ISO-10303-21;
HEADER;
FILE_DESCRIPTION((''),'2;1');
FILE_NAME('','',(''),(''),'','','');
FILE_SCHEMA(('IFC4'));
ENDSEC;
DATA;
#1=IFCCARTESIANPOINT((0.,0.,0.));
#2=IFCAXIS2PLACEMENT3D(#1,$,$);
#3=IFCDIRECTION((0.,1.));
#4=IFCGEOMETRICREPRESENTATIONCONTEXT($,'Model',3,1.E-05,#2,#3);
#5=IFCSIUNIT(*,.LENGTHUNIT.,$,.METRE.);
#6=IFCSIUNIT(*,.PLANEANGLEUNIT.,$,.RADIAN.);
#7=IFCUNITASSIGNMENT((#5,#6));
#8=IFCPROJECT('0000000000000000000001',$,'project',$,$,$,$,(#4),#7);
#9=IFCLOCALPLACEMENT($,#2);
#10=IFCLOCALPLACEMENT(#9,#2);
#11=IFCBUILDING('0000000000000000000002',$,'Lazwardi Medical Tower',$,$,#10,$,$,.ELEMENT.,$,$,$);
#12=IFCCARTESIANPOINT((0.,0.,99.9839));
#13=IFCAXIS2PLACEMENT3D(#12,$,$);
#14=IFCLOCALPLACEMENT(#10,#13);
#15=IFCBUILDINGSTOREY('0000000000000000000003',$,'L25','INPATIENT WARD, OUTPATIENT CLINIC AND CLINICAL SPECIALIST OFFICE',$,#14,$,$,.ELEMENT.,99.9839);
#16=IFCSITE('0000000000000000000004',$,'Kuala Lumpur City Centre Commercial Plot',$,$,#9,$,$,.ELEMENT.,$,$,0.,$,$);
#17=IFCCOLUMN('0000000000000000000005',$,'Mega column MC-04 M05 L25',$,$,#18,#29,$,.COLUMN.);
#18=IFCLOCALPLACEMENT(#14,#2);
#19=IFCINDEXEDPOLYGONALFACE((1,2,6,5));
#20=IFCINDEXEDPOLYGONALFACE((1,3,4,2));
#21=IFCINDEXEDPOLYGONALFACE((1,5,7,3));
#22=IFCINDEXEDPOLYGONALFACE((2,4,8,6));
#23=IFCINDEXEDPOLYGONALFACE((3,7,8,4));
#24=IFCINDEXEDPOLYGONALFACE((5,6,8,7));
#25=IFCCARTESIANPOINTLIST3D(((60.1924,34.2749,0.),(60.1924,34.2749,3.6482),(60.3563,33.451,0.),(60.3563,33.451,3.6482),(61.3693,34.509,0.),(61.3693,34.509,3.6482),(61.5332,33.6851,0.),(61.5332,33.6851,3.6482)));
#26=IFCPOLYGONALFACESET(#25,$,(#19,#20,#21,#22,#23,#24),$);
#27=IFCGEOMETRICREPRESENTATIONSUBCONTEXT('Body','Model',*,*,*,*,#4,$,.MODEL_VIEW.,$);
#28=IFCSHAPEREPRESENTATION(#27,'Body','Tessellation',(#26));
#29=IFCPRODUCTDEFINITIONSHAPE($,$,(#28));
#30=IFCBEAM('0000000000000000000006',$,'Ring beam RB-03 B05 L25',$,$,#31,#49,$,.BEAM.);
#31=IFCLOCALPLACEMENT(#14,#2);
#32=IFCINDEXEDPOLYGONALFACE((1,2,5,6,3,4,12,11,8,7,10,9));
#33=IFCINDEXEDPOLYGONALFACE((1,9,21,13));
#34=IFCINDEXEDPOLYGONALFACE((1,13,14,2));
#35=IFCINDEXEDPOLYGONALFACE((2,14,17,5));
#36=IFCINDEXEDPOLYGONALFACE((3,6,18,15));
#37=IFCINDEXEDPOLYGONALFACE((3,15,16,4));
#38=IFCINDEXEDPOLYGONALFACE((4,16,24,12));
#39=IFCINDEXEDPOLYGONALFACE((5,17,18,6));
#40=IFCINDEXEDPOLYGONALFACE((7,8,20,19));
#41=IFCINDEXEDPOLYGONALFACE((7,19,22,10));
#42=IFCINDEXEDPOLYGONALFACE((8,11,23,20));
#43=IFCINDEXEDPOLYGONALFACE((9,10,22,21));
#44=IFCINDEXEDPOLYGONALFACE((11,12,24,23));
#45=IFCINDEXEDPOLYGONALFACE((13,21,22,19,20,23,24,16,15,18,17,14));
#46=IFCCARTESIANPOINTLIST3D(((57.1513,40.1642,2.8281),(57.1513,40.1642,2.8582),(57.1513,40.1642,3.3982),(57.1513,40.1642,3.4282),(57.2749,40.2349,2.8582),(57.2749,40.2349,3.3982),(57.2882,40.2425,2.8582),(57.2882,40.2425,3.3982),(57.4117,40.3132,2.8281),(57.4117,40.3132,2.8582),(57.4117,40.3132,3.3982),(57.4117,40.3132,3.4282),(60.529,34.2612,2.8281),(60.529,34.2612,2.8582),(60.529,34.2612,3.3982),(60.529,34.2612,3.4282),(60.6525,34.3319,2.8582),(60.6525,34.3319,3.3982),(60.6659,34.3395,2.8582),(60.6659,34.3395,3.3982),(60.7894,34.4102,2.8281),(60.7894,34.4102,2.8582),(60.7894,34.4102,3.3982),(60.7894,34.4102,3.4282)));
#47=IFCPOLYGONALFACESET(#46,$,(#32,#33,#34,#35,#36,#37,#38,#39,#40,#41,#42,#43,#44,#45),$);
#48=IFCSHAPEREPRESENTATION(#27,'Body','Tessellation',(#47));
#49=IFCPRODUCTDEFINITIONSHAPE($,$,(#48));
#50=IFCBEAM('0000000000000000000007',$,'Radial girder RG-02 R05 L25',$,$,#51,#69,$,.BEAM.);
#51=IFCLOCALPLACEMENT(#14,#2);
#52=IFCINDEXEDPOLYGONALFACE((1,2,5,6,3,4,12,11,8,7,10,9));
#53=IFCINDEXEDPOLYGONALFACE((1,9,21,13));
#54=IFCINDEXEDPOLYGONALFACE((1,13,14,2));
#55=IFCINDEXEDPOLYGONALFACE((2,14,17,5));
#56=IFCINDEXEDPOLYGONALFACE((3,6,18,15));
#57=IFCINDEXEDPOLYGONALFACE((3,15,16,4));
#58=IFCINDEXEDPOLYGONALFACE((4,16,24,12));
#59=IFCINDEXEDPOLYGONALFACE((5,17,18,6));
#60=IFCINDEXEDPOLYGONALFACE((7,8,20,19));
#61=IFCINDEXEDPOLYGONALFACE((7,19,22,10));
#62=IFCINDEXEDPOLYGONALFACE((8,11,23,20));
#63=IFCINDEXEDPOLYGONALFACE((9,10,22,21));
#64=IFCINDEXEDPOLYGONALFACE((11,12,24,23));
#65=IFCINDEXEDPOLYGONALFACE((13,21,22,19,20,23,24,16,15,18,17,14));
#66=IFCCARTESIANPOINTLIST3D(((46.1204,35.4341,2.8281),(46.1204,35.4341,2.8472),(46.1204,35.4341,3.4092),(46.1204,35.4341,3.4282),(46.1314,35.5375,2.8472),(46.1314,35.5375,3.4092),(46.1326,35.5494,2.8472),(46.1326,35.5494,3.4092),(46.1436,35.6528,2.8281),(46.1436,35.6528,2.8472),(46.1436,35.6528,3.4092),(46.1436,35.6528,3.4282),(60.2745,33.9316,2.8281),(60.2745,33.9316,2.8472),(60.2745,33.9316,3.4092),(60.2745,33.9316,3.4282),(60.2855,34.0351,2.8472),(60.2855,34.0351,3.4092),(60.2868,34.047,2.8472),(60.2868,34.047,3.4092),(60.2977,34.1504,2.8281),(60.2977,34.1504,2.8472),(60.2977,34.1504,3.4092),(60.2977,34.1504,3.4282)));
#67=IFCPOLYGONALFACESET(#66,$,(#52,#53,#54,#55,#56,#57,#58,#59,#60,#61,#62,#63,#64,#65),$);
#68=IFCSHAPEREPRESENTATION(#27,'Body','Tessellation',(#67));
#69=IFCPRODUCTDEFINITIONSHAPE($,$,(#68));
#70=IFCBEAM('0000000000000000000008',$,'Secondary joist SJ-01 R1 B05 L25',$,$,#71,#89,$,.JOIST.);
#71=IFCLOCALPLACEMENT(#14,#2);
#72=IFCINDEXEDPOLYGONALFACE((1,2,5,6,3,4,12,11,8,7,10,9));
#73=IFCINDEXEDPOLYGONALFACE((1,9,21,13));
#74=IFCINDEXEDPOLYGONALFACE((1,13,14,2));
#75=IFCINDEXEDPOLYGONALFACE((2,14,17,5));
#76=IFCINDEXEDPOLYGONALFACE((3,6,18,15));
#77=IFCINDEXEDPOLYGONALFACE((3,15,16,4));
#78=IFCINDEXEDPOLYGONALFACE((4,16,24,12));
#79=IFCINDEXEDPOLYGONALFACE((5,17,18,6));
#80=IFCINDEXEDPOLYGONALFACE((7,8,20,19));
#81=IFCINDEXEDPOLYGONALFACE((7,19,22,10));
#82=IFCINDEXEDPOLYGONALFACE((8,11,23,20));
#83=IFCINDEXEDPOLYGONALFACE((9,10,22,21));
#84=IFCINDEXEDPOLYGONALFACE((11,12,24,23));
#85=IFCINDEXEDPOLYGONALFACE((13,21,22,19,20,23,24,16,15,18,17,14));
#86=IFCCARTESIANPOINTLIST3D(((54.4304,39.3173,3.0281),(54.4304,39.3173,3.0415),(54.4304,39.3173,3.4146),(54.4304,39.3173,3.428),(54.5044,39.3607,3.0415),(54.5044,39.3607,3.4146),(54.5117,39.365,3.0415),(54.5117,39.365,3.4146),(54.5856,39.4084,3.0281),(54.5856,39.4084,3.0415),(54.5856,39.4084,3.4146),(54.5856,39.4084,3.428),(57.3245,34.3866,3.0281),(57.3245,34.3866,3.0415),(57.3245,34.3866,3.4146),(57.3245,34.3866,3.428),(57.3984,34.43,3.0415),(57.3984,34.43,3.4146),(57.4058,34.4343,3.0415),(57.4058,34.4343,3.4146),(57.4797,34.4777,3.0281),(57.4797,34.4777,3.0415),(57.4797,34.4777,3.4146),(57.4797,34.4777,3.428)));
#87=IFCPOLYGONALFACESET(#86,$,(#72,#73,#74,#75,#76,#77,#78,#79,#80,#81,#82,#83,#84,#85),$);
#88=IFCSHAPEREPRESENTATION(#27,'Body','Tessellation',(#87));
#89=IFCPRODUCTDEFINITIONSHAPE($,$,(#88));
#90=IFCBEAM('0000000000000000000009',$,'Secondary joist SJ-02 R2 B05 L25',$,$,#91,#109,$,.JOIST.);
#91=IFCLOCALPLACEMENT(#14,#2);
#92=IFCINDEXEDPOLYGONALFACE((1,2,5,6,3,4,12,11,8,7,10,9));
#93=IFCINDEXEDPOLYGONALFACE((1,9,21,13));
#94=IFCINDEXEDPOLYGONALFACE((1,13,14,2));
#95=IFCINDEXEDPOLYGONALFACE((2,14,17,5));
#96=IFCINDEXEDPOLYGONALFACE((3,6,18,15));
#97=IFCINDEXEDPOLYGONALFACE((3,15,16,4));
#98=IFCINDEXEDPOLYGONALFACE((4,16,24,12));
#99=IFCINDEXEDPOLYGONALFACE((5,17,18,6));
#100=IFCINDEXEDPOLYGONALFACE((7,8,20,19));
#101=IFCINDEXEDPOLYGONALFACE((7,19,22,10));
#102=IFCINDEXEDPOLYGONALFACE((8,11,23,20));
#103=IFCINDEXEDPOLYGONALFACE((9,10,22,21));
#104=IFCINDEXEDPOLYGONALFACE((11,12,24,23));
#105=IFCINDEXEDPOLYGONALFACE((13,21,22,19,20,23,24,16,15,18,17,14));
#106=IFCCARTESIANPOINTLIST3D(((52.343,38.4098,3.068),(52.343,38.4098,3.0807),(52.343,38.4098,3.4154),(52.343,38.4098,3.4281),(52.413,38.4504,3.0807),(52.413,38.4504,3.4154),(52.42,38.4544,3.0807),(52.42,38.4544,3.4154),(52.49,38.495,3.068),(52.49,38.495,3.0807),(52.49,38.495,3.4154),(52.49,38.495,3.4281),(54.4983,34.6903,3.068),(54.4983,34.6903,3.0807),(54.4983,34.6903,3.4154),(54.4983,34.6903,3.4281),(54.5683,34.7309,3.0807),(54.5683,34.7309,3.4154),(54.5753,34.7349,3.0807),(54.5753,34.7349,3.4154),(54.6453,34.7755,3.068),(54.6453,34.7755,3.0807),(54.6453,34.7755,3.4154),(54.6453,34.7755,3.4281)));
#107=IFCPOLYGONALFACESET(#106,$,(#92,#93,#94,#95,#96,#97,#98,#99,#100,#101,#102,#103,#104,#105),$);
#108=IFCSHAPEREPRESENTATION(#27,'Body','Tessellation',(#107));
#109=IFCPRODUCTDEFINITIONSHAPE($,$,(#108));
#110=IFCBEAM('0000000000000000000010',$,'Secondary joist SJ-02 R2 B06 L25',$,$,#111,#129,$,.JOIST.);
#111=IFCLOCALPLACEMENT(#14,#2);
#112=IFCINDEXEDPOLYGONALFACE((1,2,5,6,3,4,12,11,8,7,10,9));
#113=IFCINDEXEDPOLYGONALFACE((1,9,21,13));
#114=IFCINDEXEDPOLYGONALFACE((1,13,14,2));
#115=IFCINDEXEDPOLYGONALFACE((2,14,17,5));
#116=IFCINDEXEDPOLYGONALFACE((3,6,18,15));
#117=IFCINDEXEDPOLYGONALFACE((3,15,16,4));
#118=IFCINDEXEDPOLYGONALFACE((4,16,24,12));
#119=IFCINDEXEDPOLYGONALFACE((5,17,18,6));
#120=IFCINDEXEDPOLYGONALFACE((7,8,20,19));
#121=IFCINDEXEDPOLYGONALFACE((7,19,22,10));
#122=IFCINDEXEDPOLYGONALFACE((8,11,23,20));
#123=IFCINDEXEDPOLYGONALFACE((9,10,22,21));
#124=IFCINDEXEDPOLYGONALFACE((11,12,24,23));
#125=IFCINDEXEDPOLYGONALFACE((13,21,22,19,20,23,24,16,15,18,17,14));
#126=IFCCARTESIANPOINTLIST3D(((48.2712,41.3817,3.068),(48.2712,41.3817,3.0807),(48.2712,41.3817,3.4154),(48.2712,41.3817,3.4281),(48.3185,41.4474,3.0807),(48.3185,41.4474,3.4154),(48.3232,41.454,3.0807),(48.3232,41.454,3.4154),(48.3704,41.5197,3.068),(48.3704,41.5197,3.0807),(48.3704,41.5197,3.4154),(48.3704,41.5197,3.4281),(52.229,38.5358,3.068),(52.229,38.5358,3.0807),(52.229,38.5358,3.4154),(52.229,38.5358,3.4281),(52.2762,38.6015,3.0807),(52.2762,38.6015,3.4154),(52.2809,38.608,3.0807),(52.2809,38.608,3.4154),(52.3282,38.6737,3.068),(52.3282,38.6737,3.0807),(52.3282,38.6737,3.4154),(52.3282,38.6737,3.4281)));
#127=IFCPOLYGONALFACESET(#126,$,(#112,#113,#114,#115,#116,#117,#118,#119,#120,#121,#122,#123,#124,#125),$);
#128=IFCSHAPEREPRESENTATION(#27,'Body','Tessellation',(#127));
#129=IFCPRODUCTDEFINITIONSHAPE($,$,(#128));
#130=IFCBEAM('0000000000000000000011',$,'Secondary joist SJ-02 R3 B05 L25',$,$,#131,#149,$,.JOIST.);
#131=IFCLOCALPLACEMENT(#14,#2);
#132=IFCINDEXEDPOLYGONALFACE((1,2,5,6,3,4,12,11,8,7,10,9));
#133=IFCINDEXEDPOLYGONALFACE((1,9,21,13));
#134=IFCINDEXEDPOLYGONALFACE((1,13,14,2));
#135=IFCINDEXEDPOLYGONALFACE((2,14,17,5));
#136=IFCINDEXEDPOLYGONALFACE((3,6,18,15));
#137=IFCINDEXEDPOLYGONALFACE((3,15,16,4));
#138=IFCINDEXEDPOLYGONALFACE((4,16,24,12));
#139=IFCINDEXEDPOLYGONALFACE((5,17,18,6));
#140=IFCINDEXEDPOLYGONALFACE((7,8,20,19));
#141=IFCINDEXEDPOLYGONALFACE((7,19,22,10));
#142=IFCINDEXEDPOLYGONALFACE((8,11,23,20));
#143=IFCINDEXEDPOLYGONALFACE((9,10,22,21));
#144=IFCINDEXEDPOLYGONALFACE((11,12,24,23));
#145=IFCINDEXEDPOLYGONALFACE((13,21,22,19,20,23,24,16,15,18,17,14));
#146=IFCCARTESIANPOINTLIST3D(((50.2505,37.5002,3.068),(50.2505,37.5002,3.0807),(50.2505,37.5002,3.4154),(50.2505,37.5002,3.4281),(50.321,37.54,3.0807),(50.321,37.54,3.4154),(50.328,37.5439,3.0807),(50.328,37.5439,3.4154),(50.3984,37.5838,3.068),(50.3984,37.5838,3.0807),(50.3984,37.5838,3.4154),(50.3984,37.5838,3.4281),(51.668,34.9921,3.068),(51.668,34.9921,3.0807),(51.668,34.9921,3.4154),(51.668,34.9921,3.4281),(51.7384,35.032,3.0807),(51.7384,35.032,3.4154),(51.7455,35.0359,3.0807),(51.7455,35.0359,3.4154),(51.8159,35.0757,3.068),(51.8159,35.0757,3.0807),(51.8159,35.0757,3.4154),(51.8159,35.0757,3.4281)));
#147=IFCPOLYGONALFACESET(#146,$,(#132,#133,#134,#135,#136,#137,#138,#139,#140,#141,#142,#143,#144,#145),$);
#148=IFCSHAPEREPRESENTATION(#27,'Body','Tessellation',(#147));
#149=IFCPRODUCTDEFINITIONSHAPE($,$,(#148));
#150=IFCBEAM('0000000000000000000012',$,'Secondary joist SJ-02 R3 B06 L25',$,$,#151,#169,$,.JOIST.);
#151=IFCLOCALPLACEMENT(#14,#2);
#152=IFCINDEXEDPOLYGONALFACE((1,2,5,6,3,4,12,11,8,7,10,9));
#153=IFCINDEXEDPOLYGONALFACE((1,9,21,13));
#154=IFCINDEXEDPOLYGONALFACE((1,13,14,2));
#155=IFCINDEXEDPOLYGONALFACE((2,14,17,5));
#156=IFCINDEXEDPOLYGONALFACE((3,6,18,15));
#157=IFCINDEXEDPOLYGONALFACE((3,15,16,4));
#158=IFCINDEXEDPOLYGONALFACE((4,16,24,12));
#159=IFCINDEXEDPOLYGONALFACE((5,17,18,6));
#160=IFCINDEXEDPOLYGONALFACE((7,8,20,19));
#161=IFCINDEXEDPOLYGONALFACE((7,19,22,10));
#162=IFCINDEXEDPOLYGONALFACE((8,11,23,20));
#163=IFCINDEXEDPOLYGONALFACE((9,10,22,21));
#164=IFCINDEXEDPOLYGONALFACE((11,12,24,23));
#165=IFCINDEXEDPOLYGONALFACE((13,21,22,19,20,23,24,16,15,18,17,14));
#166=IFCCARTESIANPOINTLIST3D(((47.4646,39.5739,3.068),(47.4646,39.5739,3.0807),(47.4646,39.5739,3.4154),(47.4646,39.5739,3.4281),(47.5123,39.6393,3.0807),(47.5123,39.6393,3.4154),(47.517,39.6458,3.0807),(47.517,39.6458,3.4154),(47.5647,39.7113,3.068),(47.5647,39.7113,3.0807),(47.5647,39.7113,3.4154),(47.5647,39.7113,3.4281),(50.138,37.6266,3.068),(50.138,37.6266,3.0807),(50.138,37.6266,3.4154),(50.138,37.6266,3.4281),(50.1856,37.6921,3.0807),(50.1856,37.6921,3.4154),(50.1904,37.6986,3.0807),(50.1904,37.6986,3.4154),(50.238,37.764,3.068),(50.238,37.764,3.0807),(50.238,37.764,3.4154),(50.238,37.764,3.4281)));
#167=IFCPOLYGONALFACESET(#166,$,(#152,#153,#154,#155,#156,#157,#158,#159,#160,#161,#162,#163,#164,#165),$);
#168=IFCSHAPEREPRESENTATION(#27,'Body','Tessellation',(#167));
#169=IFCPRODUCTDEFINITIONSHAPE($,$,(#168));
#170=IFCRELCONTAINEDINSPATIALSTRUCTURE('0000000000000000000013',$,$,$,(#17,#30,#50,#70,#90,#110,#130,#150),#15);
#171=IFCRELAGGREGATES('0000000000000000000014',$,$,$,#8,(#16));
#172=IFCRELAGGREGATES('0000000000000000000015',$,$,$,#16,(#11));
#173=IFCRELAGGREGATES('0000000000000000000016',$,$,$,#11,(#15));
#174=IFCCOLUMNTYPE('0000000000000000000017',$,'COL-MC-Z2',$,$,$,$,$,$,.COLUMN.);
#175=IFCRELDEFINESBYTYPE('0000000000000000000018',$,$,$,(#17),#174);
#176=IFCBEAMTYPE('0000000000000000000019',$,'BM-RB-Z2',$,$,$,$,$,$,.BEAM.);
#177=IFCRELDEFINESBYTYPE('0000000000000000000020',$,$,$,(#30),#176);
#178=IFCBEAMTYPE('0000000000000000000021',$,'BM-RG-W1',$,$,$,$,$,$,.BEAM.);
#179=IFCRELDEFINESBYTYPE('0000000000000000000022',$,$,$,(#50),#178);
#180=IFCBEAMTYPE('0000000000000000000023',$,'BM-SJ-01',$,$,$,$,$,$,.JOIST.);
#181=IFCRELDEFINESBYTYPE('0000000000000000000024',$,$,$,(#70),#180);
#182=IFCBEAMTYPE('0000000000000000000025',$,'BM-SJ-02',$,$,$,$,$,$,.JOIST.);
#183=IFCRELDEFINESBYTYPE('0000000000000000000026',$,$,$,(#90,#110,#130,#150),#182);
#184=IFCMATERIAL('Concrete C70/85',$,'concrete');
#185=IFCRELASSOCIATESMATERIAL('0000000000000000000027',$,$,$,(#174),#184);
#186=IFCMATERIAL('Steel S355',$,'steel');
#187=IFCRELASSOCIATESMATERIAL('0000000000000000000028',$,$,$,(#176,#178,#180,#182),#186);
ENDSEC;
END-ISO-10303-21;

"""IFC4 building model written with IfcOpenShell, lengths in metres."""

from ifc_helpers import new_model, si_unit, direction, frame, origin, origin_2d, place, context, subcontext, project, spatial, rectangle, i_section, extrude, material, material_profile, profile_set, type_object, element, save


model = new_model("IFC4")

# Units and contexts
model_context = context("Model", 3, precision=1e-05, world=origin(), true_north=direction((0.0, 1.0)))
body_context = subcontext(model_context, "Body", "Model", "MODEL_VIEW")
ifc_project = project(units=[si_unit("LENGTHUNIT", "METRE"), si_unit("PLANEANGLEUNIT", "RADIAN")], contexts=[model_context])

# Site, building, storey
site_placement = place(None, origin())
site = spatial("IfcSite", under=ifc_project, at=site_placement, Name="Kuala Lumpur City Centre Commercial Plot", CompositionType="ELEMENT", RefElevation=0.0)
building_placement = place(site_placement, origin())
building = spatial("IfcBuilding", under=site, at=building_placement, Name="Lazwardi Medical Tower", CompositionType="ELEMENT")
storey_placement = place(building_placement, frame((0.0, 0.0, 99.9839)))
storey = spatial("IfcBuildingStorey", under=building, at=storey_placement, Name="L25", Description="INPATIENT WARD, OUTPATIENT CLINIC AND CLINICAL SPECIALIST OFFICE", CompositionType="ELEMENT", Elevation=99.9839)

# Column
ifc_material_1 = material(Name="Concrete C70/85", Category="concrete")
ifc_material_profile_1 = material_profile(ifc_material_1, rectangle(XDim=1.2, YDim=0.8401, at=origin_2d()), Name="CFT-RECT 1200x840")
ifc_profile_set_1 = profile_set([ifc_material_profile_1], Name="Concrete C70/85")
column_type = type_object("IfcColumnType", Name="COL-MC-Z2", PredefinedType="COLUMN", material=ifc_profile_set_1)
column_placement = place(storey_placement, frame((60.8628, 33.98, 0.0), z_axis=(0.0, 0.0, 1.0), x_axis=(0.980785, 0.19509, 0.0)))
element("IfcColumn", 1, at=column_placement, inside=storey, type_object=column_type, Name="Mega column MC-04 M05 L25", PredefinedType="COLUMN", context=body_context, shape_type="SweptSolid", body=[
    extrude(rectangle(XDim=1.2, YDim=0.8401, at=origin_2d()), origin(), (0.0, 0.0, 1.0), 3.6482),
])

# Beams
ifc_material_2 = material(Name="Steel S355", Category="steel")
ifc_material_profile_2 = material_profile(ifc_material_2, i_section(OverallWidth=0.3, OverallDepth=0.6001, WebThickness=0.0154, FlangeThickness=0.03, at=origin_2d()), Name="HEB 600")
ifc_profile_set_2 = profile_set([ifc_material_profile_2], Name="Steel S355")
beam_type_1 = type_object("IfcBeamType", Name="BM-RB-Z2", PredefinedType="BEAM", material=ifc_profile_set_2)
beam_1_placement = place(storey_placement, frame((60.6592, 34.3357, 3.1282), z_axis=(-0.496638, 0.867958, 0.0), x_axis=(-0.867958, -0.496638, 0.0)))
element("IfcBeam", 2, at=beam_1_placement, inside=storey, type_object=beam_type_1, Name="Ring beam RB-03 B05 L25", PredefinedType="BEAM", context=body_context, shape_type="SweptSolid", body=[
    extrude(i_section(OverallWidth=0.3, OverallDepth=0.6001, WebThickness=0.0154, FlangeThickness=0.03, at=origin_2d()), origin(), (0.0, 0.0, 1.0), 6.801),
])
ifc_material_profile_3 = material_profile(ifc_material_2, i_section(OverallWidth=0.22, OverallDepth=0.6001, WebThickness=0.012, FlangeThickness=0.019, at=origin_2d()), Name="IPE 600")
ifc_profile_set_3 = profile_set([ifc_material_profile_3], Name="Steel S355")
beam_type_2 = type_object("IfcBeamType", Name="BM-RG-W1", PredefinedType="BEAM", material=ifc_profile_set_3)
beam_2_placement = place(storey_placement, frame((60.2861, 34.041, 3.1282), z_axis=(-0.994413, 0.105556, 0.0), x_axis=(-0.105556, -0.994413, 0.0)))
element("IfcBeam", 3, at=beam_2_placement, inside=storey, type_object=beam_type_2, Name="Radial girder RG-02 R05 L25", PredefinedType="BEAM", context=body_context, shape_type="SweptSolid", body=[
    extrude(i_section(OverallWidth=0.22, OverallDepth=0.6001, WebThickness=0.012, FlangeThickness=0.019, at=origin_2d()), origin(), (0.0, 0.0, 1.0), 14.2336),
])
ifc_material_profile_4 = material_profile(ifc_material_2, i_section(OverallWidth=0.1799, OverallDepth=0.3999, WebThickness=0.0085, FlangeThickness=0.0134, at=origin_2d()), Name="IPE 400")
ifc_profile_set_4 = profile_set([ifc_material_profile_4], Name="Steel S355")
beam_type_3 = type_object("IfcBeamType", Name="BM-SJ-01", PredefinedType="JOIST", material=ifc_profile_set_4)
beam_3_placement = place(storey_placement, frame((57.4021, 34.4321, 3.228), z_axis=(-0.506195, 0.862419, 0.0), x_axis=(-0.862419, -0.506195, 0.0)))
element("IfcBeam", 4, at=beam_3_placement, inside=storey, type_object=beam_type_3, Name="Secondary joist SJ-01 R1 B05 L25", PredefinedType="JOIST", context=body_context, shape_type="SweptSolid", body=[
    extrude(i_section(OverallWidth=0.1799, OverallDepth=0.3999, WebThickness=0.0085, FlangeThickness=0.0134, at=origin_2d()), origin(), (0.0, 0.0, 1.0), 5.7173),
])
ifc_material_profile_5 = material_profile(ifc_material_2, i_section(OverallWidth=0.1699, OverallDepth=0.3601, WebThickness=0.0081, FlangeThickness=0.0127, at=origin_2d()), Name="IPE 360")
ifc_profile_set_5 = profile_set([ifc_material_profile_5], Name="Steel S355")
beam_type_4 = type_object("IfcBeamType", Name="BM-SJ-02", PredefinedType="JOIST", material=ifc_profile_set_5)
beam_4_placement = place(storey_placement, frame((54.5718, 34.7329, 3.248), z_axis=(-0.501365, 0.865236, 0.0), x_axis=(-0.865236, -0.501365, 0.0)))
element("IfcBeam", 5, at=beam_4_placement, inside=storey, type_object=beam_type_4, Name="Secondary joist SJ-02 R2 B05 L25", PredefinedType="JOIST", context=body_context, shape_type="SweptSolid", body=[
    extrude(i_section(OverallWidth=0.1699, OverallDepth=0.3601, WebThickness=0.0081, FlangeThickness=0.0127, at=origin_2d()), origin(), (0.0, 0.0, 1.0), 4.2988),
])
beam_5_placement = place(storey_placement, frame((52.2786, 38.6047, 3.248), z_axis=(-0.811889, 0.583813, 0.0), x_axis=(-0.583813, -0.811889, 0.0)))
element("IfcBeam", 6, at=beam_5_placement, inside=storey, type_object=beam_type_4, Name="Secondary joist SJ-02 R2 B06 L25", PredefinedType="JOIST", context=body_context, shape_type="SweptSolid", body=[
    extrude(i_section(OverallWidth=0.1699, OverallDepth=0.3601, WebThickness=0.0081, FlangeThickness=0.0127, at=origin_2d()), origin(), (0.0, 0.0, 1.0), 4.8748),
])
beam_6_placement = place(storey_placement, frame((51.7419, 35.0339, 3.248), z_axis=(-0.492027, 0.87058, 0.0), x_axis=(-0.87058, -0.492027, 0.0)))
element("IfcBeam", 7, at=beam_6_placement, inside=storey, type_object=beam_type_4, Name="Secondary joist SJ-02 R3 B05 L25", PredefinedType="JOIST", context=body_context, shape_type="SweptSolid", body=[
    extrude(i_section(OverallWidth=0.1699, OverallDepth=0.3601, WebThickness=0.0081, FlangeThickness=0.0127, at=origin_2d()), origin(), (0.0, 0.0, 1.0), 2.8809),
])
beam_7_placement = place(storey_placement, frame((50.188, 37.6953, 3.248), z_axis=(-0.808302, 0.588768, 0.0), x_axis=(-0.588768, -0.808302, 0.0)))
element("IfcBeam", 8, at=beam_7_placement, inside=storey, type_object=beam_type_4, Name="Secondary joist SJ-02 R3 B06 L25", PredefinedType="JOIST", context=body_context, shape_type="SweptSolid", body=[
    extrude(i_section(OverallWidth=0.1699, OverallDepth=0.3601, WebThickness=0.0081, FlangeThickness=0.0127, at=origin_2d()), origin(), (0.0, 0.0, 1.0), 3.3074),
])

save(model, "model.ifc")
